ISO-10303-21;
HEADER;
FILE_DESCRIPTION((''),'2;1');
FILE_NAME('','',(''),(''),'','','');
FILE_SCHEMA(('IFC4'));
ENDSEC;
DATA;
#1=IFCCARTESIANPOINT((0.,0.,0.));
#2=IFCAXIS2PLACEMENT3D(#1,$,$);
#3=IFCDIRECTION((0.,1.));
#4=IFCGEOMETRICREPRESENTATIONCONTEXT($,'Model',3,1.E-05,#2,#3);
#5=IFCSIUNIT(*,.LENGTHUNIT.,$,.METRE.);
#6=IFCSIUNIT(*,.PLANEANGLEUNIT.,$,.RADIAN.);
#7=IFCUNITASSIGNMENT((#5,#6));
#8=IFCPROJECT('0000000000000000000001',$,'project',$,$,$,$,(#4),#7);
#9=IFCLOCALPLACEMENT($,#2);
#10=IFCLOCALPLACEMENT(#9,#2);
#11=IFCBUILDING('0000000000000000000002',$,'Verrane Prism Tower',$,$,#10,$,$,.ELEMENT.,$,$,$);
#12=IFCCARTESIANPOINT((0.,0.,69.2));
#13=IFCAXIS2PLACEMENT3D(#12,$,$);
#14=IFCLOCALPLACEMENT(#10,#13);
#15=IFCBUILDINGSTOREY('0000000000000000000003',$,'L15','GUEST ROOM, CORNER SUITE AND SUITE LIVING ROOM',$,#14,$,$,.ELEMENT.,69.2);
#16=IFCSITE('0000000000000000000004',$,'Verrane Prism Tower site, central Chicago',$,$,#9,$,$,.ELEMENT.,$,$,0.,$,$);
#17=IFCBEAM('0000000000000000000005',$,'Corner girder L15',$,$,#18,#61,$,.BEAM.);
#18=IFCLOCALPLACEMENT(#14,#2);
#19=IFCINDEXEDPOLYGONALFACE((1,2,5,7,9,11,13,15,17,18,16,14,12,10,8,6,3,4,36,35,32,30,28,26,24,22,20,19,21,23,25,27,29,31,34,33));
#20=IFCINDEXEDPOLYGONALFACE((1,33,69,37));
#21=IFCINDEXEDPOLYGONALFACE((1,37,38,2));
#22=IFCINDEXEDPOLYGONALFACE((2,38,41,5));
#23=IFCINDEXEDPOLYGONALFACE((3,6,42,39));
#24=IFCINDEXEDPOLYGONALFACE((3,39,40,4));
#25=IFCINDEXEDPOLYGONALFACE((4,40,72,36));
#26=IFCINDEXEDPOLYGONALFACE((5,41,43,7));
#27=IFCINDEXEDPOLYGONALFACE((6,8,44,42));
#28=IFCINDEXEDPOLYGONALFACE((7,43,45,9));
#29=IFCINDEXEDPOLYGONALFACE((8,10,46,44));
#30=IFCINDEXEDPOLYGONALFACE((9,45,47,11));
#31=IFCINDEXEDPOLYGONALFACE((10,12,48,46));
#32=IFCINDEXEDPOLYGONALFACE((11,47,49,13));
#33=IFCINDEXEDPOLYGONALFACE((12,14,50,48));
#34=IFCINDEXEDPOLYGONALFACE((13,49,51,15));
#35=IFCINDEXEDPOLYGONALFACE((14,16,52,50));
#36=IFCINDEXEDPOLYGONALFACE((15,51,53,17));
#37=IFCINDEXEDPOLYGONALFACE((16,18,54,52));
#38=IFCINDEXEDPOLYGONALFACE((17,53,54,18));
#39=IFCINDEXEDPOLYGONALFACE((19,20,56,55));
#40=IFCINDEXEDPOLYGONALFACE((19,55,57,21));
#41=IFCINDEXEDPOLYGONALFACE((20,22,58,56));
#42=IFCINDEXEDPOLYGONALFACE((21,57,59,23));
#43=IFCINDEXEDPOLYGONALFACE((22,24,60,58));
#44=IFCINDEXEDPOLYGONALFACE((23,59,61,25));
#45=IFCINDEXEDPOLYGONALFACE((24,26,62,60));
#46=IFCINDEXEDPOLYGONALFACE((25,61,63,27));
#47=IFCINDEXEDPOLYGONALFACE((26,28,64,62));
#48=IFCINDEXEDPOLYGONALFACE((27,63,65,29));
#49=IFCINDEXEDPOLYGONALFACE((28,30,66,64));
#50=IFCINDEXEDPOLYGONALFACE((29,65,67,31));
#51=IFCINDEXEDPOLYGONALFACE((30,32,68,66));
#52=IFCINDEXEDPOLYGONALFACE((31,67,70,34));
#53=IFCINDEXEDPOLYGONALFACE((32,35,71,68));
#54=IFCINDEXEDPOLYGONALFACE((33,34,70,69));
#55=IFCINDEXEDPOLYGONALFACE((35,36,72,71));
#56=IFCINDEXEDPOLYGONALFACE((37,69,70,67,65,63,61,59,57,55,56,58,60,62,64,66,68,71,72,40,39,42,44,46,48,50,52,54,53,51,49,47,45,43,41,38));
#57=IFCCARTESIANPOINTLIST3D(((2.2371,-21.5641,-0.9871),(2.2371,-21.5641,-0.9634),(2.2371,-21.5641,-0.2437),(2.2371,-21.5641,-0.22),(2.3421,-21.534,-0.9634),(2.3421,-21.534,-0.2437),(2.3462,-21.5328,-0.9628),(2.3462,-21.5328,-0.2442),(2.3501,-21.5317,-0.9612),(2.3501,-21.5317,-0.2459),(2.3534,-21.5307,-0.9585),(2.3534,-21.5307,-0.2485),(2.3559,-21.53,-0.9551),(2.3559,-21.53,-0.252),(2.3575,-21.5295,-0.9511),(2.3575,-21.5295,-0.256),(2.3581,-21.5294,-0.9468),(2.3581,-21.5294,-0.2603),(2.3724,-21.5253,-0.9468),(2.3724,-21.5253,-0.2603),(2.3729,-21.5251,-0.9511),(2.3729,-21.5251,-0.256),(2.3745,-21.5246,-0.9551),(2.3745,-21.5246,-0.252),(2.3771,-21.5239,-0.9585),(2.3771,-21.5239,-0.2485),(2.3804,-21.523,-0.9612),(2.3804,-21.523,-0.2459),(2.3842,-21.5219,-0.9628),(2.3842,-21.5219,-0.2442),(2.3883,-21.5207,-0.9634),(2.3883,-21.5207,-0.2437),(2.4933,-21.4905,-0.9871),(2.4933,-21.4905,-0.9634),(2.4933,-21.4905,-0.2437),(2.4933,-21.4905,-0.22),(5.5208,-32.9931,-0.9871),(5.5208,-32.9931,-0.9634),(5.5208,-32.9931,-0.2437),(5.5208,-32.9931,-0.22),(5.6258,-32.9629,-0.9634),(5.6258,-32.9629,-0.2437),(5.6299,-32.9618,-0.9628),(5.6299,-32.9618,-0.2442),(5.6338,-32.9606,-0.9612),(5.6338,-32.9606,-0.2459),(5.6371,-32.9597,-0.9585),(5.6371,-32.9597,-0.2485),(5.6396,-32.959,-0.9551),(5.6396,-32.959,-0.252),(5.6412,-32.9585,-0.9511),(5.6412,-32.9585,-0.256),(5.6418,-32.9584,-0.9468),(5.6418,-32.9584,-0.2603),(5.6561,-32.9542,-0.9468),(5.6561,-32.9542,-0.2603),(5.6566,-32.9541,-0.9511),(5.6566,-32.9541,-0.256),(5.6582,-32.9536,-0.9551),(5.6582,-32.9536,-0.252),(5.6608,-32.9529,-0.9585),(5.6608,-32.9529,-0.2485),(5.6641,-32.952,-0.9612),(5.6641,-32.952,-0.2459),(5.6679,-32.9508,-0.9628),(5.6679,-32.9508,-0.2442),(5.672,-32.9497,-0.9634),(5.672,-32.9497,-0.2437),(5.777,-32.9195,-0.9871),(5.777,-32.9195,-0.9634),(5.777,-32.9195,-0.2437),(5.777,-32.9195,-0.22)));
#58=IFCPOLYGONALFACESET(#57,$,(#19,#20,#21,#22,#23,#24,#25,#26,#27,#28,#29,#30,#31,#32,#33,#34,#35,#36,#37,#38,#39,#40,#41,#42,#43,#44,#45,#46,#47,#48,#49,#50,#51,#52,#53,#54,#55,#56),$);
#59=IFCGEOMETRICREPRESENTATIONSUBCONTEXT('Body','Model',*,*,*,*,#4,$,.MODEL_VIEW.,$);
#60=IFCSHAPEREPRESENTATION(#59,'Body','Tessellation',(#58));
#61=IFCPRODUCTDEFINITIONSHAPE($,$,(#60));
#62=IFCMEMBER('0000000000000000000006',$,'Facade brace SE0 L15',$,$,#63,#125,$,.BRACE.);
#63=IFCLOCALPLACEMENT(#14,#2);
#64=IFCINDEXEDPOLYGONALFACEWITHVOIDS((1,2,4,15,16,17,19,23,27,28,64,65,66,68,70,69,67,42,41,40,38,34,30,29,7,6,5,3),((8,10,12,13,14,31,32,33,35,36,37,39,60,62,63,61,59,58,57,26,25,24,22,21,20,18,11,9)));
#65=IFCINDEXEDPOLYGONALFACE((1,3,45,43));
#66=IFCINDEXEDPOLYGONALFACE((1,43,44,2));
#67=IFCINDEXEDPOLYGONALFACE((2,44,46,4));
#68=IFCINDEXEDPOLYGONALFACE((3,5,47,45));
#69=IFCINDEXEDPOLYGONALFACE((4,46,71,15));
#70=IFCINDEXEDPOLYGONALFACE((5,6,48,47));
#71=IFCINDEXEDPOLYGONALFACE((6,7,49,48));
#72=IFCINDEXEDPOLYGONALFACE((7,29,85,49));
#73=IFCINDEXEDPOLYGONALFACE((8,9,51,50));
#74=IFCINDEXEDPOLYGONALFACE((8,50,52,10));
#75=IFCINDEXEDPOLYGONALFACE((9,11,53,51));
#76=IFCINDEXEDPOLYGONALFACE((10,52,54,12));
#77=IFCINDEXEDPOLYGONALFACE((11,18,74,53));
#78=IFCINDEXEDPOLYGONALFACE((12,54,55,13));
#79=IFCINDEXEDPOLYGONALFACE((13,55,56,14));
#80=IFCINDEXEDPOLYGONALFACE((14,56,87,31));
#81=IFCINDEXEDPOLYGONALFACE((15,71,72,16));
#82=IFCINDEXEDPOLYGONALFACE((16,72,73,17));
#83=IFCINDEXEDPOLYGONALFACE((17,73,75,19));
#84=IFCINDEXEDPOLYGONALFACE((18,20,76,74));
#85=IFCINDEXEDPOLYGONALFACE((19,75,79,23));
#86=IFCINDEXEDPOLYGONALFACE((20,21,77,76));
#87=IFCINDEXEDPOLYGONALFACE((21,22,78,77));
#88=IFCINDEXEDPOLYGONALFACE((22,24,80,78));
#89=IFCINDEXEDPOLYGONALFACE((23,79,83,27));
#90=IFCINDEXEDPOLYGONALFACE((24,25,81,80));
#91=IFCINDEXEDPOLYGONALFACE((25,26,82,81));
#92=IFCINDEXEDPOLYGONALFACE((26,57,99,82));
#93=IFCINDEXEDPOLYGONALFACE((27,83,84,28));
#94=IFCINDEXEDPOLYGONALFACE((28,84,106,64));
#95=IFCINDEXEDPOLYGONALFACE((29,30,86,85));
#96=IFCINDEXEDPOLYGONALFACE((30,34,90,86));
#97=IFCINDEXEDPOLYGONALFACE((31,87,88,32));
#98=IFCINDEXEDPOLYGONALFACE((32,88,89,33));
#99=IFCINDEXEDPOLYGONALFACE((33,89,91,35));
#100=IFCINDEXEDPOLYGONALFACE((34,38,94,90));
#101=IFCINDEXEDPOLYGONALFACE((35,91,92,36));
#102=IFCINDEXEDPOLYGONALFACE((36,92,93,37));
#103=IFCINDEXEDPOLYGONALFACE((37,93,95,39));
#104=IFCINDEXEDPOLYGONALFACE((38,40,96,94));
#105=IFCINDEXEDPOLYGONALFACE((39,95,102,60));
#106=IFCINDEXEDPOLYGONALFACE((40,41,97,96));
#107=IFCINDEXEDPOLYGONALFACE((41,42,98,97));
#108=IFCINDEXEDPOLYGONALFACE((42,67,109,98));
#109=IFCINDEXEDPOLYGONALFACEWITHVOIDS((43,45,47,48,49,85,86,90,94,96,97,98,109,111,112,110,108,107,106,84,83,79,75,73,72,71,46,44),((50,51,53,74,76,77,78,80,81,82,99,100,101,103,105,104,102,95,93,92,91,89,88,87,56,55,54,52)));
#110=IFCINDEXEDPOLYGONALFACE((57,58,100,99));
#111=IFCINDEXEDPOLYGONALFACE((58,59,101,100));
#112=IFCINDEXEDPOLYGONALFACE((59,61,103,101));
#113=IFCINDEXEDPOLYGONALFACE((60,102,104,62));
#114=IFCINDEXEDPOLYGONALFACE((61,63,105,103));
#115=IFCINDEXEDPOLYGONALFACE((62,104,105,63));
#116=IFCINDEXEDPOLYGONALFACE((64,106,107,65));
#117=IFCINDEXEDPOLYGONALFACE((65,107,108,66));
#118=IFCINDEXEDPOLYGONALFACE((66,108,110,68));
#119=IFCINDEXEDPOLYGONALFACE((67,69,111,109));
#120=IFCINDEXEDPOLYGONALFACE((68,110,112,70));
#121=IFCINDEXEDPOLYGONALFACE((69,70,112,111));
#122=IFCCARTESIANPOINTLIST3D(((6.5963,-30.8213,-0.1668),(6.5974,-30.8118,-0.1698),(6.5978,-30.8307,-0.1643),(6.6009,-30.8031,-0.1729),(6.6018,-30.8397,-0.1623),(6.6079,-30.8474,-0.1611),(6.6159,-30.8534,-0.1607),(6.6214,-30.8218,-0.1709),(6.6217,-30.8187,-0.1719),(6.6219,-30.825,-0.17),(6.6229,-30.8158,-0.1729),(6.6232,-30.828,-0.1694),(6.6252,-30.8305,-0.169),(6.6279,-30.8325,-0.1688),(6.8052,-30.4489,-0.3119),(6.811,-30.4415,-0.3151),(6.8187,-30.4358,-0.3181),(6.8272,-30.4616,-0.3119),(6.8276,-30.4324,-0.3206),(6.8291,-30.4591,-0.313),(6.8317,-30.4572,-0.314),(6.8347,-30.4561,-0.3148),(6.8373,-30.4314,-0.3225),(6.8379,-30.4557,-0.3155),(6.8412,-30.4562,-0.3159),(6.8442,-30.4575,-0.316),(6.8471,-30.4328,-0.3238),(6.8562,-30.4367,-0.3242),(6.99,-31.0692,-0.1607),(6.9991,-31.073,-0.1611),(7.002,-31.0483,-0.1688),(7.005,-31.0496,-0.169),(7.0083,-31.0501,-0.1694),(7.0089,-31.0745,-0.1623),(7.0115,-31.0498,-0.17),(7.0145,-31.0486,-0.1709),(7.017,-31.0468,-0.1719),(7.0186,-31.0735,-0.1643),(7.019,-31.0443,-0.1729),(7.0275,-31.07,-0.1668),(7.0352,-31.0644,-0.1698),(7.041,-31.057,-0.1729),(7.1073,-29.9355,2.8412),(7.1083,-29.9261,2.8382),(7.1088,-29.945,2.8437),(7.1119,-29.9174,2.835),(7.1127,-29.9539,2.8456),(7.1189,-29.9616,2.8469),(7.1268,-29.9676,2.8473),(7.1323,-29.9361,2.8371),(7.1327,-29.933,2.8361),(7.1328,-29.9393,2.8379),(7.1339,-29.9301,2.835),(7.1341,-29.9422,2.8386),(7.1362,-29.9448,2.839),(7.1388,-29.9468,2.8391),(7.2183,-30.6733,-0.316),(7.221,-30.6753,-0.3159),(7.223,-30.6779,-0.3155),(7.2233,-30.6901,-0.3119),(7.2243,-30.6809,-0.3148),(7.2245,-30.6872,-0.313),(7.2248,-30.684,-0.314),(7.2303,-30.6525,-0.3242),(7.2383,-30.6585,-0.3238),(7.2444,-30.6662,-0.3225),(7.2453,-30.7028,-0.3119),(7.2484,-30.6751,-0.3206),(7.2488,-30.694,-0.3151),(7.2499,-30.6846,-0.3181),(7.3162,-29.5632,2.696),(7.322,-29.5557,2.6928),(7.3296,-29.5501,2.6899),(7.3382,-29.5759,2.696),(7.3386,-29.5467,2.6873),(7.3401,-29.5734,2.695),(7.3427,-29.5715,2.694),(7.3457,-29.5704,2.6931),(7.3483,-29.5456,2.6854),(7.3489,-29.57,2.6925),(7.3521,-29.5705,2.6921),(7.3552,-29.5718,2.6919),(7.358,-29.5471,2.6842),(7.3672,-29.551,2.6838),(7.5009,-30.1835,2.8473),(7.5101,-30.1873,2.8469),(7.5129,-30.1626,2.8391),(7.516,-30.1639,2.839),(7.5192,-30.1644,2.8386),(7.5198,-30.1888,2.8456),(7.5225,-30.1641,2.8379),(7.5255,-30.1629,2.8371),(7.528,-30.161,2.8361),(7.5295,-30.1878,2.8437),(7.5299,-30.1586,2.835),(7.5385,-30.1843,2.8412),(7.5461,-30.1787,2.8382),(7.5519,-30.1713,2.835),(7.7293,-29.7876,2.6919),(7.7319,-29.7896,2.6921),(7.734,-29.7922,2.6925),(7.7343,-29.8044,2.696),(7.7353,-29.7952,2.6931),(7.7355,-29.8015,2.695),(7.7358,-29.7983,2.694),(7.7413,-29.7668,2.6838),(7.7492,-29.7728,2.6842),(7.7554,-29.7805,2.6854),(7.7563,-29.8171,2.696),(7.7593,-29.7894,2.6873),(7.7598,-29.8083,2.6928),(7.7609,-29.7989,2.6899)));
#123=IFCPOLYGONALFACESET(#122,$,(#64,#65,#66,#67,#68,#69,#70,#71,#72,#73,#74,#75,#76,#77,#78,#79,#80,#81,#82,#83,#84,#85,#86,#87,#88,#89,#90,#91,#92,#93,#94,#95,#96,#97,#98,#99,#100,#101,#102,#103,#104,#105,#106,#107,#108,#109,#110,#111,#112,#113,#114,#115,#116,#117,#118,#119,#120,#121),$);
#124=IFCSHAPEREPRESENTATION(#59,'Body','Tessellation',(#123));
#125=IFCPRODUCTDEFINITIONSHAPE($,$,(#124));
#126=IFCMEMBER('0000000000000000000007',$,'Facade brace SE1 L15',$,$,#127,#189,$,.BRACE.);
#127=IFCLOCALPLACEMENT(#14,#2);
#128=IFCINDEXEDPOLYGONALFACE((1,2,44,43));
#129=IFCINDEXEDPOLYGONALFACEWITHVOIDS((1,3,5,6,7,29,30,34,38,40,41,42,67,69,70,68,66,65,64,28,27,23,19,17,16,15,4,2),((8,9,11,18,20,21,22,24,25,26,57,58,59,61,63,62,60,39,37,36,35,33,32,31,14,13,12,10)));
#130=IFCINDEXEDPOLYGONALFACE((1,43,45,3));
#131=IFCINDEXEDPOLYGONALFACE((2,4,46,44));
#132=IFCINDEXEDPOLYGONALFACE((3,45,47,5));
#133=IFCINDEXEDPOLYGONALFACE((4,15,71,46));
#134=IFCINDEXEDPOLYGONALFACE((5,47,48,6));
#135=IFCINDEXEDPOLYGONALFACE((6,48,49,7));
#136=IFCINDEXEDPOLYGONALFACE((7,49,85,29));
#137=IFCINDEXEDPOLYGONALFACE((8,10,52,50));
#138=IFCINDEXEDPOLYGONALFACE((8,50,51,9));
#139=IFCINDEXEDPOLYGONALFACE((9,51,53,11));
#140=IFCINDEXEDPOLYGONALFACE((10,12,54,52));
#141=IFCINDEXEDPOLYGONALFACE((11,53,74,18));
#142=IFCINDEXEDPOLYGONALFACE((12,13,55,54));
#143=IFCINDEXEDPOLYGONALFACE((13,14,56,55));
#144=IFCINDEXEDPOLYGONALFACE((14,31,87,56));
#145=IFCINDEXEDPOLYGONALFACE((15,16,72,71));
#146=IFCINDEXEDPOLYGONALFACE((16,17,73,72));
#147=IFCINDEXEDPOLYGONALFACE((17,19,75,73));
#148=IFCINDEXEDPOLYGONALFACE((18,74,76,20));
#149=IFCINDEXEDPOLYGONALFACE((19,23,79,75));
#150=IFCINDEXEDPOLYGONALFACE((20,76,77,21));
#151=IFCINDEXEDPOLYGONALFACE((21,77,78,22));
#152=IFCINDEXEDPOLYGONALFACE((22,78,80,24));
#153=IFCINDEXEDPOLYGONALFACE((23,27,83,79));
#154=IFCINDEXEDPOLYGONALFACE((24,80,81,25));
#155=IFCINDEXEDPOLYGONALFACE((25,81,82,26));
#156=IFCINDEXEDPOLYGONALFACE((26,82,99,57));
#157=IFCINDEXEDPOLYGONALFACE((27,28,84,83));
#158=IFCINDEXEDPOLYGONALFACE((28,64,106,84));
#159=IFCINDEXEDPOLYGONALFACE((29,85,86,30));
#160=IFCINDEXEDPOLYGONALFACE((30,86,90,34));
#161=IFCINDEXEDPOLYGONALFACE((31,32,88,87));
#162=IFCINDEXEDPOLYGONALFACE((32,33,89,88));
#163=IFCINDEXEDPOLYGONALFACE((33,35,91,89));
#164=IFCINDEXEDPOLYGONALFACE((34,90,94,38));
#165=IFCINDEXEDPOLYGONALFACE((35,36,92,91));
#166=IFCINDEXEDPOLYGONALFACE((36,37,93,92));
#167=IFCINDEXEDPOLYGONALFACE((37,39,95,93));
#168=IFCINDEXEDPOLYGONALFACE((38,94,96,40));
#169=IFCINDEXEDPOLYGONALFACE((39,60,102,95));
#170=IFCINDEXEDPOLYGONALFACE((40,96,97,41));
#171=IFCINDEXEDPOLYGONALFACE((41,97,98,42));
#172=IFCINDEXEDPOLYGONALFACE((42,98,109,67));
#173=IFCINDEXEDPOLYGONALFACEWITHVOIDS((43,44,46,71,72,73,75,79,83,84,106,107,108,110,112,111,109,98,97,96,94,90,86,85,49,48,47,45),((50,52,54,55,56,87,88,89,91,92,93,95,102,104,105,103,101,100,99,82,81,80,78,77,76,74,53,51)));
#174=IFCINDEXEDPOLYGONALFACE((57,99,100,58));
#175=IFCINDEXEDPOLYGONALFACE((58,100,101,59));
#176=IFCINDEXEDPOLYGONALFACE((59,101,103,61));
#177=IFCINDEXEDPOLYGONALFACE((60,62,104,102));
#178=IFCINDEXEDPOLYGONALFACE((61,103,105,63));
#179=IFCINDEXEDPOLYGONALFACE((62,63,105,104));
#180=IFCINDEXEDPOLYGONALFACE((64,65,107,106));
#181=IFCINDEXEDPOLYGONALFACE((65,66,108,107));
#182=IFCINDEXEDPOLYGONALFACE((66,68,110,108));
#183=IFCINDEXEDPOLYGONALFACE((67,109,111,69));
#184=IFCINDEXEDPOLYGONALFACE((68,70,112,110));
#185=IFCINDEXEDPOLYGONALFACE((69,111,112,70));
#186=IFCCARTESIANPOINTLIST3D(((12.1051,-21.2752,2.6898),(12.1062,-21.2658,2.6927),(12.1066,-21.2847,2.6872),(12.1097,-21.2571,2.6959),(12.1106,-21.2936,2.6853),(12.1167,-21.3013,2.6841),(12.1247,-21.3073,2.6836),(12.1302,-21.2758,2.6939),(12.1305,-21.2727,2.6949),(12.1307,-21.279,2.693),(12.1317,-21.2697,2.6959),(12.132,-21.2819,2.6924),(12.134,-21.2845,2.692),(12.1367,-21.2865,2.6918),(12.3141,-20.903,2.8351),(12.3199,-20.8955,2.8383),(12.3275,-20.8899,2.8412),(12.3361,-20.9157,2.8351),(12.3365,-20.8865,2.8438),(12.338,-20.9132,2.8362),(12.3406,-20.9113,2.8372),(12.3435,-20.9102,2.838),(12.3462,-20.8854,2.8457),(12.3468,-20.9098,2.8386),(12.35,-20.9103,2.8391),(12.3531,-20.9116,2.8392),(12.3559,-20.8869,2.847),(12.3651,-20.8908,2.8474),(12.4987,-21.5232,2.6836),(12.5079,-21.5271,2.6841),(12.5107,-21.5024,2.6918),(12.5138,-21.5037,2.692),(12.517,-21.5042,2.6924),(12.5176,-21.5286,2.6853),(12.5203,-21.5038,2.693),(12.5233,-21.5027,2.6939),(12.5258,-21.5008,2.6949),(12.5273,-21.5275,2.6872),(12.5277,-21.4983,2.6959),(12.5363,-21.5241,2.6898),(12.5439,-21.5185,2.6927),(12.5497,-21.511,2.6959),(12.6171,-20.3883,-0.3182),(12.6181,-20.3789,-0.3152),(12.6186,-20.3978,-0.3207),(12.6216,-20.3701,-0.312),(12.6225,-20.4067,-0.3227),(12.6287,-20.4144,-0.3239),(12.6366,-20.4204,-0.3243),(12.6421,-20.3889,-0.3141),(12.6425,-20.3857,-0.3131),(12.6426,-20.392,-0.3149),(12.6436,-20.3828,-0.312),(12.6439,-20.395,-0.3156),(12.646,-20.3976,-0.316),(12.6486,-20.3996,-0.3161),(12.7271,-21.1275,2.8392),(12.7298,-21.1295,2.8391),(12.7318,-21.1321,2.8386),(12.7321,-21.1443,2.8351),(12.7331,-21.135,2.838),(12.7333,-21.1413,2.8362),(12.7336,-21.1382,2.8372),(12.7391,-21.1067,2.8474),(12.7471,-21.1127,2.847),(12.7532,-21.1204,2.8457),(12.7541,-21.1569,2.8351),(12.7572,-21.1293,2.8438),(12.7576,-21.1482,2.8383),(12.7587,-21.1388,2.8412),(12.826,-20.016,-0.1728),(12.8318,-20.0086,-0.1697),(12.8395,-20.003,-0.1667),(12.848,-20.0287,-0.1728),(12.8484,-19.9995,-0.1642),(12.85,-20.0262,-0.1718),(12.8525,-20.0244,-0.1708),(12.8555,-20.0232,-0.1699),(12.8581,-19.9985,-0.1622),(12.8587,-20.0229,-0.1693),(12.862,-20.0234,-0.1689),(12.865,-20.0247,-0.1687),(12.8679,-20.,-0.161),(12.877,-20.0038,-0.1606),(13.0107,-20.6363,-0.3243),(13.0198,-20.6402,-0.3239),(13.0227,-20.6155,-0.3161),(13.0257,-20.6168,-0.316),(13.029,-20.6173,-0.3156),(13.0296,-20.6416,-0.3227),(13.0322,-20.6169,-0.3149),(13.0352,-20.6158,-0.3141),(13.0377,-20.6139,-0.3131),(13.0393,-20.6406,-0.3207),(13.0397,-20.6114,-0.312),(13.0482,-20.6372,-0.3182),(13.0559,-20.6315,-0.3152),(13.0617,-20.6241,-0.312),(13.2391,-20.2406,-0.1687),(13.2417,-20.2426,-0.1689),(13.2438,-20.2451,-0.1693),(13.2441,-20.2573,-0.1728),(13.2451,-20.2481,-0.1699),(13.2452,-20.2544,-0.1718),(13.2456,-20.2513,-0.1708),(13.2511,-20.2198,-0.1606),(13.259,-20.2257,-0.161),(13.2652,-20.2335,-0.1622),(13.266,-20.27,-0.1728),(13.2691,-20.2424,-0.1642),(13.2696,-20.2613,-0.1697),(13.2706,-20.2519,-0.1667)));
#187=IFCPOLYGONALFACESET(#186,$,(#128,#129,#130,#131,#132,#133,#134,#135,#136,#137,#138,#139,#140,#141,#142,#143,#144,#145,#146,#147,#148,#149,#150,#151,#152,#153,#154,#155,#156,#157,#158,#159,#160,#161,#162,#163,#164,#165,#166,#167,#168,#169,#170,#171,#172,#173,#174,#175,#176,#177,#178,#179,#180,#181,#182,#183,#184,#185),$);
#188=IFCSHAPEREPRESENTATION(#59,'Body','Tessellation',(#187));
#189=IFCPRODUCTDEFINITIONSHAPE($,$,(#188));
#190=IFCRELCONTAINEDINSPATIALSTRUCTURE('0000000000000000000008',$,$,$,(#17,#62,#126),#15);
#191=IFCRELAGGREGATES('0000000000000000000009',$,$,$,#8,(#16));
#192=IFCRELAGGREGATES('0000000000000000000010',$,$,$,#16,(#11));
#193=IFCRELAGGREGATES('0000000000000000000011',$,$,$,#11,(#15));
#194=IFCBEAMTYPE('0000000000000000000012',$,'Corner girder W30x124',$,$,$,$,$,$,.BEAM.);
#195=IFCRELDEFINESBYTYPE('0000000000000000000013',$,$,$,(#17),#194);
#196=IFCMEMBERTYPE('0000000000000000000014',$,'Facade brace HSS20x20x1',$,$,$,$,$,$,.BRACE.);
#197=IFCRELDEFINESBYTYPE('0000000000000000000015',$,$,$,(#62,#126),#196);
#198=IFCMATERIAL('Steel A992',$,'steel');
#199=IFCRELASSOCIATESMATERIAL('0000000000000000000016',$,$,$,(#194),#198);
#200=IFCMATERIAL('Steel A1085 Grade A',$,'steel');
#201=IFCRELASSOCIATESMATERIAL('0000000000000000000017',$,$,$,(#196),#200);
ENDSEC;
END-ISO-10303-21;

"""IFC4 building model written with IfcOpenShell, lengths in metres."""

from ifc_helpers import new_model, si_unit, direction, frame, origin, origin_2d, place, context, subcontext, project, spatial, hollow_rectangle, i_section, extrude, material, material_profile, profile_set, type_object, element, save


model = new_model("IFC4")

# Units and contexts
model_context = context("Model", 3, precision=1e-05, world=origin(), true_north=direction((0.0, 1.0)))
body_context = subcontext(model_context, "Body", "Model", "MODEL_VIEW")
ifc_project = project(units=[si_unit("LENGTHUNIT", "METRE"), si_unit("PLANEANGLEUNIT", "RADIAN")], contexts=[model_context])

# Site, building, storey
site_placement = place(None, origin())
site = spatial("IfcSite", under=ifc_project, at=site_placement, Name="Verrane Prism Tower site, central Chicago", CompositionType="ELEMENT", RefElevation=0.0)
building_placement = place(site_placement, origin())
building = spatial("IfcBuilding", under=site, at=building_placement, Name="Verrane Prism Tower", CompositionType="ELEMENT")
storey_placement = place(building_placement, frame((0.0, 0.0, 69.2)))
storey = spatial("IfcBuildingStorey", under=building, at=storey_placement, Name="L15", Description="GUEST ROOM, CORNER SUITE AND SUITE LIVING ROOM", CompositionType="ELEMENT", Elevation=69.2)

# Beam
ifc_material_1 = material(Name="Steel A992", Category="steel")
ifc_material_profile_1 = material_profile(ifc_material_1, i_section(OverallWidth=0.2666, OverallDepth=0.7671, WebThickness=0.0149, FlangeThickness=0.0237, FilletRadius=0.0166, at=origin_2d()), Name="W30x124")
ifc_profile_set_1 = profile_set([ifc_material_profile_1], Name="Steel A992")
beam_type_1 = type_object("IfcBeamType", Name="Corner girder W30x124", PredefinedType="BEAM", material=ifc_profile_set_1)
beam_1_placement = place(storey_placement, frame((5.6489, -32.9563, -0.6035), z_axis=(-0.276142, 0.961117, 0.0), x_axis=(-0.961117, -0.276142, 0.0)))
element("IfcBeam", 1, at=beam_1_placement, inside=storey, type_object=beam_type_1, Name="Corner girder L15", PredefinedType="BEAM", context=body_context, shape_type="SweptSolid", body=[
    extrude(i_section(OverallWidth=0.2666, OverallDepth=0.7671, WebThickness=0.0149, FlangeThickness=0.0237, FilletRadius=0.0166, at=origin_2d()), origin(), (0.0, 0.0, 1.0), 11.8914),
])

# Members
ifc_material_2 = material(Name="Steel A1085 Grade A", Category="steel")
ifc_material_profile_2 = material_profile(ifc_material_2, hollow_rectangle(XDim=0.5081, YDim=0.5081, WallThickness=0.0254, InnerFilletRadius=0.0127, OuterFilletRadius=0.0381, at=origin_2d()), Name="HSS20x20x1")
ifc_profile_set_2 = profile_set([ifc_material_profile_2], Name="Steel A1085 Grade A")
member_type_1 = type_object("IfcMemberType", Name="Facade brace HSS20x20x1", PredefinedType="BRACE", material=ifc_profile_set_2)
member_1_placement = place(storey_placement, frame((6.9231, -30.7529, -0.2424), z_axis=(0.160834, 0.278788, 0.946789), x_axis=(-0.866194, 0.499709, 0.0)))
element("IfcMember", 2, at=member_1_placement, inside=storey, type_object=member_type_1, Name="Facade brace SE0 L15", PredefinedType="BRACE", context=body_context, shape_type="SweptSolid", body=[
    extrude(hollow_rectangle(XDim=0.5081, YDim=0.5081, WallThickness=0.0254, InnerFilletRadius=0.0127, OuterFilletRadius=0.0381, at=origin_2d()), origin(), (0.0, 0.0, 1.0), 3.177),
])
member_2_placement = place(storey_placement, frame((12.9438, -20.3201, -0.2424), z_axis=(-0.161116, -0.279129, 0.946641), x_axis=(0.866078, -0.499908, 0.0)))
element("IfcMember", 3, at=member_2_placement, inside=storey, type_object=member_type_1, Name="Facade brace SE1 L15", PredefinedType="BRACE", context=body_context, shape_type="SweptSolid", body=[
    extrude(hollow_rectangle(XDim=0.5081, YDim=0.5081, WallThickness=0.0254, InnerFilletRadius=0.0127, OuterFilletRadius=0.0381, at=origin_2d()), origin(), (0.0, 0.0, 1.0), 3.1775),
])

save(model, "model.ifc")
